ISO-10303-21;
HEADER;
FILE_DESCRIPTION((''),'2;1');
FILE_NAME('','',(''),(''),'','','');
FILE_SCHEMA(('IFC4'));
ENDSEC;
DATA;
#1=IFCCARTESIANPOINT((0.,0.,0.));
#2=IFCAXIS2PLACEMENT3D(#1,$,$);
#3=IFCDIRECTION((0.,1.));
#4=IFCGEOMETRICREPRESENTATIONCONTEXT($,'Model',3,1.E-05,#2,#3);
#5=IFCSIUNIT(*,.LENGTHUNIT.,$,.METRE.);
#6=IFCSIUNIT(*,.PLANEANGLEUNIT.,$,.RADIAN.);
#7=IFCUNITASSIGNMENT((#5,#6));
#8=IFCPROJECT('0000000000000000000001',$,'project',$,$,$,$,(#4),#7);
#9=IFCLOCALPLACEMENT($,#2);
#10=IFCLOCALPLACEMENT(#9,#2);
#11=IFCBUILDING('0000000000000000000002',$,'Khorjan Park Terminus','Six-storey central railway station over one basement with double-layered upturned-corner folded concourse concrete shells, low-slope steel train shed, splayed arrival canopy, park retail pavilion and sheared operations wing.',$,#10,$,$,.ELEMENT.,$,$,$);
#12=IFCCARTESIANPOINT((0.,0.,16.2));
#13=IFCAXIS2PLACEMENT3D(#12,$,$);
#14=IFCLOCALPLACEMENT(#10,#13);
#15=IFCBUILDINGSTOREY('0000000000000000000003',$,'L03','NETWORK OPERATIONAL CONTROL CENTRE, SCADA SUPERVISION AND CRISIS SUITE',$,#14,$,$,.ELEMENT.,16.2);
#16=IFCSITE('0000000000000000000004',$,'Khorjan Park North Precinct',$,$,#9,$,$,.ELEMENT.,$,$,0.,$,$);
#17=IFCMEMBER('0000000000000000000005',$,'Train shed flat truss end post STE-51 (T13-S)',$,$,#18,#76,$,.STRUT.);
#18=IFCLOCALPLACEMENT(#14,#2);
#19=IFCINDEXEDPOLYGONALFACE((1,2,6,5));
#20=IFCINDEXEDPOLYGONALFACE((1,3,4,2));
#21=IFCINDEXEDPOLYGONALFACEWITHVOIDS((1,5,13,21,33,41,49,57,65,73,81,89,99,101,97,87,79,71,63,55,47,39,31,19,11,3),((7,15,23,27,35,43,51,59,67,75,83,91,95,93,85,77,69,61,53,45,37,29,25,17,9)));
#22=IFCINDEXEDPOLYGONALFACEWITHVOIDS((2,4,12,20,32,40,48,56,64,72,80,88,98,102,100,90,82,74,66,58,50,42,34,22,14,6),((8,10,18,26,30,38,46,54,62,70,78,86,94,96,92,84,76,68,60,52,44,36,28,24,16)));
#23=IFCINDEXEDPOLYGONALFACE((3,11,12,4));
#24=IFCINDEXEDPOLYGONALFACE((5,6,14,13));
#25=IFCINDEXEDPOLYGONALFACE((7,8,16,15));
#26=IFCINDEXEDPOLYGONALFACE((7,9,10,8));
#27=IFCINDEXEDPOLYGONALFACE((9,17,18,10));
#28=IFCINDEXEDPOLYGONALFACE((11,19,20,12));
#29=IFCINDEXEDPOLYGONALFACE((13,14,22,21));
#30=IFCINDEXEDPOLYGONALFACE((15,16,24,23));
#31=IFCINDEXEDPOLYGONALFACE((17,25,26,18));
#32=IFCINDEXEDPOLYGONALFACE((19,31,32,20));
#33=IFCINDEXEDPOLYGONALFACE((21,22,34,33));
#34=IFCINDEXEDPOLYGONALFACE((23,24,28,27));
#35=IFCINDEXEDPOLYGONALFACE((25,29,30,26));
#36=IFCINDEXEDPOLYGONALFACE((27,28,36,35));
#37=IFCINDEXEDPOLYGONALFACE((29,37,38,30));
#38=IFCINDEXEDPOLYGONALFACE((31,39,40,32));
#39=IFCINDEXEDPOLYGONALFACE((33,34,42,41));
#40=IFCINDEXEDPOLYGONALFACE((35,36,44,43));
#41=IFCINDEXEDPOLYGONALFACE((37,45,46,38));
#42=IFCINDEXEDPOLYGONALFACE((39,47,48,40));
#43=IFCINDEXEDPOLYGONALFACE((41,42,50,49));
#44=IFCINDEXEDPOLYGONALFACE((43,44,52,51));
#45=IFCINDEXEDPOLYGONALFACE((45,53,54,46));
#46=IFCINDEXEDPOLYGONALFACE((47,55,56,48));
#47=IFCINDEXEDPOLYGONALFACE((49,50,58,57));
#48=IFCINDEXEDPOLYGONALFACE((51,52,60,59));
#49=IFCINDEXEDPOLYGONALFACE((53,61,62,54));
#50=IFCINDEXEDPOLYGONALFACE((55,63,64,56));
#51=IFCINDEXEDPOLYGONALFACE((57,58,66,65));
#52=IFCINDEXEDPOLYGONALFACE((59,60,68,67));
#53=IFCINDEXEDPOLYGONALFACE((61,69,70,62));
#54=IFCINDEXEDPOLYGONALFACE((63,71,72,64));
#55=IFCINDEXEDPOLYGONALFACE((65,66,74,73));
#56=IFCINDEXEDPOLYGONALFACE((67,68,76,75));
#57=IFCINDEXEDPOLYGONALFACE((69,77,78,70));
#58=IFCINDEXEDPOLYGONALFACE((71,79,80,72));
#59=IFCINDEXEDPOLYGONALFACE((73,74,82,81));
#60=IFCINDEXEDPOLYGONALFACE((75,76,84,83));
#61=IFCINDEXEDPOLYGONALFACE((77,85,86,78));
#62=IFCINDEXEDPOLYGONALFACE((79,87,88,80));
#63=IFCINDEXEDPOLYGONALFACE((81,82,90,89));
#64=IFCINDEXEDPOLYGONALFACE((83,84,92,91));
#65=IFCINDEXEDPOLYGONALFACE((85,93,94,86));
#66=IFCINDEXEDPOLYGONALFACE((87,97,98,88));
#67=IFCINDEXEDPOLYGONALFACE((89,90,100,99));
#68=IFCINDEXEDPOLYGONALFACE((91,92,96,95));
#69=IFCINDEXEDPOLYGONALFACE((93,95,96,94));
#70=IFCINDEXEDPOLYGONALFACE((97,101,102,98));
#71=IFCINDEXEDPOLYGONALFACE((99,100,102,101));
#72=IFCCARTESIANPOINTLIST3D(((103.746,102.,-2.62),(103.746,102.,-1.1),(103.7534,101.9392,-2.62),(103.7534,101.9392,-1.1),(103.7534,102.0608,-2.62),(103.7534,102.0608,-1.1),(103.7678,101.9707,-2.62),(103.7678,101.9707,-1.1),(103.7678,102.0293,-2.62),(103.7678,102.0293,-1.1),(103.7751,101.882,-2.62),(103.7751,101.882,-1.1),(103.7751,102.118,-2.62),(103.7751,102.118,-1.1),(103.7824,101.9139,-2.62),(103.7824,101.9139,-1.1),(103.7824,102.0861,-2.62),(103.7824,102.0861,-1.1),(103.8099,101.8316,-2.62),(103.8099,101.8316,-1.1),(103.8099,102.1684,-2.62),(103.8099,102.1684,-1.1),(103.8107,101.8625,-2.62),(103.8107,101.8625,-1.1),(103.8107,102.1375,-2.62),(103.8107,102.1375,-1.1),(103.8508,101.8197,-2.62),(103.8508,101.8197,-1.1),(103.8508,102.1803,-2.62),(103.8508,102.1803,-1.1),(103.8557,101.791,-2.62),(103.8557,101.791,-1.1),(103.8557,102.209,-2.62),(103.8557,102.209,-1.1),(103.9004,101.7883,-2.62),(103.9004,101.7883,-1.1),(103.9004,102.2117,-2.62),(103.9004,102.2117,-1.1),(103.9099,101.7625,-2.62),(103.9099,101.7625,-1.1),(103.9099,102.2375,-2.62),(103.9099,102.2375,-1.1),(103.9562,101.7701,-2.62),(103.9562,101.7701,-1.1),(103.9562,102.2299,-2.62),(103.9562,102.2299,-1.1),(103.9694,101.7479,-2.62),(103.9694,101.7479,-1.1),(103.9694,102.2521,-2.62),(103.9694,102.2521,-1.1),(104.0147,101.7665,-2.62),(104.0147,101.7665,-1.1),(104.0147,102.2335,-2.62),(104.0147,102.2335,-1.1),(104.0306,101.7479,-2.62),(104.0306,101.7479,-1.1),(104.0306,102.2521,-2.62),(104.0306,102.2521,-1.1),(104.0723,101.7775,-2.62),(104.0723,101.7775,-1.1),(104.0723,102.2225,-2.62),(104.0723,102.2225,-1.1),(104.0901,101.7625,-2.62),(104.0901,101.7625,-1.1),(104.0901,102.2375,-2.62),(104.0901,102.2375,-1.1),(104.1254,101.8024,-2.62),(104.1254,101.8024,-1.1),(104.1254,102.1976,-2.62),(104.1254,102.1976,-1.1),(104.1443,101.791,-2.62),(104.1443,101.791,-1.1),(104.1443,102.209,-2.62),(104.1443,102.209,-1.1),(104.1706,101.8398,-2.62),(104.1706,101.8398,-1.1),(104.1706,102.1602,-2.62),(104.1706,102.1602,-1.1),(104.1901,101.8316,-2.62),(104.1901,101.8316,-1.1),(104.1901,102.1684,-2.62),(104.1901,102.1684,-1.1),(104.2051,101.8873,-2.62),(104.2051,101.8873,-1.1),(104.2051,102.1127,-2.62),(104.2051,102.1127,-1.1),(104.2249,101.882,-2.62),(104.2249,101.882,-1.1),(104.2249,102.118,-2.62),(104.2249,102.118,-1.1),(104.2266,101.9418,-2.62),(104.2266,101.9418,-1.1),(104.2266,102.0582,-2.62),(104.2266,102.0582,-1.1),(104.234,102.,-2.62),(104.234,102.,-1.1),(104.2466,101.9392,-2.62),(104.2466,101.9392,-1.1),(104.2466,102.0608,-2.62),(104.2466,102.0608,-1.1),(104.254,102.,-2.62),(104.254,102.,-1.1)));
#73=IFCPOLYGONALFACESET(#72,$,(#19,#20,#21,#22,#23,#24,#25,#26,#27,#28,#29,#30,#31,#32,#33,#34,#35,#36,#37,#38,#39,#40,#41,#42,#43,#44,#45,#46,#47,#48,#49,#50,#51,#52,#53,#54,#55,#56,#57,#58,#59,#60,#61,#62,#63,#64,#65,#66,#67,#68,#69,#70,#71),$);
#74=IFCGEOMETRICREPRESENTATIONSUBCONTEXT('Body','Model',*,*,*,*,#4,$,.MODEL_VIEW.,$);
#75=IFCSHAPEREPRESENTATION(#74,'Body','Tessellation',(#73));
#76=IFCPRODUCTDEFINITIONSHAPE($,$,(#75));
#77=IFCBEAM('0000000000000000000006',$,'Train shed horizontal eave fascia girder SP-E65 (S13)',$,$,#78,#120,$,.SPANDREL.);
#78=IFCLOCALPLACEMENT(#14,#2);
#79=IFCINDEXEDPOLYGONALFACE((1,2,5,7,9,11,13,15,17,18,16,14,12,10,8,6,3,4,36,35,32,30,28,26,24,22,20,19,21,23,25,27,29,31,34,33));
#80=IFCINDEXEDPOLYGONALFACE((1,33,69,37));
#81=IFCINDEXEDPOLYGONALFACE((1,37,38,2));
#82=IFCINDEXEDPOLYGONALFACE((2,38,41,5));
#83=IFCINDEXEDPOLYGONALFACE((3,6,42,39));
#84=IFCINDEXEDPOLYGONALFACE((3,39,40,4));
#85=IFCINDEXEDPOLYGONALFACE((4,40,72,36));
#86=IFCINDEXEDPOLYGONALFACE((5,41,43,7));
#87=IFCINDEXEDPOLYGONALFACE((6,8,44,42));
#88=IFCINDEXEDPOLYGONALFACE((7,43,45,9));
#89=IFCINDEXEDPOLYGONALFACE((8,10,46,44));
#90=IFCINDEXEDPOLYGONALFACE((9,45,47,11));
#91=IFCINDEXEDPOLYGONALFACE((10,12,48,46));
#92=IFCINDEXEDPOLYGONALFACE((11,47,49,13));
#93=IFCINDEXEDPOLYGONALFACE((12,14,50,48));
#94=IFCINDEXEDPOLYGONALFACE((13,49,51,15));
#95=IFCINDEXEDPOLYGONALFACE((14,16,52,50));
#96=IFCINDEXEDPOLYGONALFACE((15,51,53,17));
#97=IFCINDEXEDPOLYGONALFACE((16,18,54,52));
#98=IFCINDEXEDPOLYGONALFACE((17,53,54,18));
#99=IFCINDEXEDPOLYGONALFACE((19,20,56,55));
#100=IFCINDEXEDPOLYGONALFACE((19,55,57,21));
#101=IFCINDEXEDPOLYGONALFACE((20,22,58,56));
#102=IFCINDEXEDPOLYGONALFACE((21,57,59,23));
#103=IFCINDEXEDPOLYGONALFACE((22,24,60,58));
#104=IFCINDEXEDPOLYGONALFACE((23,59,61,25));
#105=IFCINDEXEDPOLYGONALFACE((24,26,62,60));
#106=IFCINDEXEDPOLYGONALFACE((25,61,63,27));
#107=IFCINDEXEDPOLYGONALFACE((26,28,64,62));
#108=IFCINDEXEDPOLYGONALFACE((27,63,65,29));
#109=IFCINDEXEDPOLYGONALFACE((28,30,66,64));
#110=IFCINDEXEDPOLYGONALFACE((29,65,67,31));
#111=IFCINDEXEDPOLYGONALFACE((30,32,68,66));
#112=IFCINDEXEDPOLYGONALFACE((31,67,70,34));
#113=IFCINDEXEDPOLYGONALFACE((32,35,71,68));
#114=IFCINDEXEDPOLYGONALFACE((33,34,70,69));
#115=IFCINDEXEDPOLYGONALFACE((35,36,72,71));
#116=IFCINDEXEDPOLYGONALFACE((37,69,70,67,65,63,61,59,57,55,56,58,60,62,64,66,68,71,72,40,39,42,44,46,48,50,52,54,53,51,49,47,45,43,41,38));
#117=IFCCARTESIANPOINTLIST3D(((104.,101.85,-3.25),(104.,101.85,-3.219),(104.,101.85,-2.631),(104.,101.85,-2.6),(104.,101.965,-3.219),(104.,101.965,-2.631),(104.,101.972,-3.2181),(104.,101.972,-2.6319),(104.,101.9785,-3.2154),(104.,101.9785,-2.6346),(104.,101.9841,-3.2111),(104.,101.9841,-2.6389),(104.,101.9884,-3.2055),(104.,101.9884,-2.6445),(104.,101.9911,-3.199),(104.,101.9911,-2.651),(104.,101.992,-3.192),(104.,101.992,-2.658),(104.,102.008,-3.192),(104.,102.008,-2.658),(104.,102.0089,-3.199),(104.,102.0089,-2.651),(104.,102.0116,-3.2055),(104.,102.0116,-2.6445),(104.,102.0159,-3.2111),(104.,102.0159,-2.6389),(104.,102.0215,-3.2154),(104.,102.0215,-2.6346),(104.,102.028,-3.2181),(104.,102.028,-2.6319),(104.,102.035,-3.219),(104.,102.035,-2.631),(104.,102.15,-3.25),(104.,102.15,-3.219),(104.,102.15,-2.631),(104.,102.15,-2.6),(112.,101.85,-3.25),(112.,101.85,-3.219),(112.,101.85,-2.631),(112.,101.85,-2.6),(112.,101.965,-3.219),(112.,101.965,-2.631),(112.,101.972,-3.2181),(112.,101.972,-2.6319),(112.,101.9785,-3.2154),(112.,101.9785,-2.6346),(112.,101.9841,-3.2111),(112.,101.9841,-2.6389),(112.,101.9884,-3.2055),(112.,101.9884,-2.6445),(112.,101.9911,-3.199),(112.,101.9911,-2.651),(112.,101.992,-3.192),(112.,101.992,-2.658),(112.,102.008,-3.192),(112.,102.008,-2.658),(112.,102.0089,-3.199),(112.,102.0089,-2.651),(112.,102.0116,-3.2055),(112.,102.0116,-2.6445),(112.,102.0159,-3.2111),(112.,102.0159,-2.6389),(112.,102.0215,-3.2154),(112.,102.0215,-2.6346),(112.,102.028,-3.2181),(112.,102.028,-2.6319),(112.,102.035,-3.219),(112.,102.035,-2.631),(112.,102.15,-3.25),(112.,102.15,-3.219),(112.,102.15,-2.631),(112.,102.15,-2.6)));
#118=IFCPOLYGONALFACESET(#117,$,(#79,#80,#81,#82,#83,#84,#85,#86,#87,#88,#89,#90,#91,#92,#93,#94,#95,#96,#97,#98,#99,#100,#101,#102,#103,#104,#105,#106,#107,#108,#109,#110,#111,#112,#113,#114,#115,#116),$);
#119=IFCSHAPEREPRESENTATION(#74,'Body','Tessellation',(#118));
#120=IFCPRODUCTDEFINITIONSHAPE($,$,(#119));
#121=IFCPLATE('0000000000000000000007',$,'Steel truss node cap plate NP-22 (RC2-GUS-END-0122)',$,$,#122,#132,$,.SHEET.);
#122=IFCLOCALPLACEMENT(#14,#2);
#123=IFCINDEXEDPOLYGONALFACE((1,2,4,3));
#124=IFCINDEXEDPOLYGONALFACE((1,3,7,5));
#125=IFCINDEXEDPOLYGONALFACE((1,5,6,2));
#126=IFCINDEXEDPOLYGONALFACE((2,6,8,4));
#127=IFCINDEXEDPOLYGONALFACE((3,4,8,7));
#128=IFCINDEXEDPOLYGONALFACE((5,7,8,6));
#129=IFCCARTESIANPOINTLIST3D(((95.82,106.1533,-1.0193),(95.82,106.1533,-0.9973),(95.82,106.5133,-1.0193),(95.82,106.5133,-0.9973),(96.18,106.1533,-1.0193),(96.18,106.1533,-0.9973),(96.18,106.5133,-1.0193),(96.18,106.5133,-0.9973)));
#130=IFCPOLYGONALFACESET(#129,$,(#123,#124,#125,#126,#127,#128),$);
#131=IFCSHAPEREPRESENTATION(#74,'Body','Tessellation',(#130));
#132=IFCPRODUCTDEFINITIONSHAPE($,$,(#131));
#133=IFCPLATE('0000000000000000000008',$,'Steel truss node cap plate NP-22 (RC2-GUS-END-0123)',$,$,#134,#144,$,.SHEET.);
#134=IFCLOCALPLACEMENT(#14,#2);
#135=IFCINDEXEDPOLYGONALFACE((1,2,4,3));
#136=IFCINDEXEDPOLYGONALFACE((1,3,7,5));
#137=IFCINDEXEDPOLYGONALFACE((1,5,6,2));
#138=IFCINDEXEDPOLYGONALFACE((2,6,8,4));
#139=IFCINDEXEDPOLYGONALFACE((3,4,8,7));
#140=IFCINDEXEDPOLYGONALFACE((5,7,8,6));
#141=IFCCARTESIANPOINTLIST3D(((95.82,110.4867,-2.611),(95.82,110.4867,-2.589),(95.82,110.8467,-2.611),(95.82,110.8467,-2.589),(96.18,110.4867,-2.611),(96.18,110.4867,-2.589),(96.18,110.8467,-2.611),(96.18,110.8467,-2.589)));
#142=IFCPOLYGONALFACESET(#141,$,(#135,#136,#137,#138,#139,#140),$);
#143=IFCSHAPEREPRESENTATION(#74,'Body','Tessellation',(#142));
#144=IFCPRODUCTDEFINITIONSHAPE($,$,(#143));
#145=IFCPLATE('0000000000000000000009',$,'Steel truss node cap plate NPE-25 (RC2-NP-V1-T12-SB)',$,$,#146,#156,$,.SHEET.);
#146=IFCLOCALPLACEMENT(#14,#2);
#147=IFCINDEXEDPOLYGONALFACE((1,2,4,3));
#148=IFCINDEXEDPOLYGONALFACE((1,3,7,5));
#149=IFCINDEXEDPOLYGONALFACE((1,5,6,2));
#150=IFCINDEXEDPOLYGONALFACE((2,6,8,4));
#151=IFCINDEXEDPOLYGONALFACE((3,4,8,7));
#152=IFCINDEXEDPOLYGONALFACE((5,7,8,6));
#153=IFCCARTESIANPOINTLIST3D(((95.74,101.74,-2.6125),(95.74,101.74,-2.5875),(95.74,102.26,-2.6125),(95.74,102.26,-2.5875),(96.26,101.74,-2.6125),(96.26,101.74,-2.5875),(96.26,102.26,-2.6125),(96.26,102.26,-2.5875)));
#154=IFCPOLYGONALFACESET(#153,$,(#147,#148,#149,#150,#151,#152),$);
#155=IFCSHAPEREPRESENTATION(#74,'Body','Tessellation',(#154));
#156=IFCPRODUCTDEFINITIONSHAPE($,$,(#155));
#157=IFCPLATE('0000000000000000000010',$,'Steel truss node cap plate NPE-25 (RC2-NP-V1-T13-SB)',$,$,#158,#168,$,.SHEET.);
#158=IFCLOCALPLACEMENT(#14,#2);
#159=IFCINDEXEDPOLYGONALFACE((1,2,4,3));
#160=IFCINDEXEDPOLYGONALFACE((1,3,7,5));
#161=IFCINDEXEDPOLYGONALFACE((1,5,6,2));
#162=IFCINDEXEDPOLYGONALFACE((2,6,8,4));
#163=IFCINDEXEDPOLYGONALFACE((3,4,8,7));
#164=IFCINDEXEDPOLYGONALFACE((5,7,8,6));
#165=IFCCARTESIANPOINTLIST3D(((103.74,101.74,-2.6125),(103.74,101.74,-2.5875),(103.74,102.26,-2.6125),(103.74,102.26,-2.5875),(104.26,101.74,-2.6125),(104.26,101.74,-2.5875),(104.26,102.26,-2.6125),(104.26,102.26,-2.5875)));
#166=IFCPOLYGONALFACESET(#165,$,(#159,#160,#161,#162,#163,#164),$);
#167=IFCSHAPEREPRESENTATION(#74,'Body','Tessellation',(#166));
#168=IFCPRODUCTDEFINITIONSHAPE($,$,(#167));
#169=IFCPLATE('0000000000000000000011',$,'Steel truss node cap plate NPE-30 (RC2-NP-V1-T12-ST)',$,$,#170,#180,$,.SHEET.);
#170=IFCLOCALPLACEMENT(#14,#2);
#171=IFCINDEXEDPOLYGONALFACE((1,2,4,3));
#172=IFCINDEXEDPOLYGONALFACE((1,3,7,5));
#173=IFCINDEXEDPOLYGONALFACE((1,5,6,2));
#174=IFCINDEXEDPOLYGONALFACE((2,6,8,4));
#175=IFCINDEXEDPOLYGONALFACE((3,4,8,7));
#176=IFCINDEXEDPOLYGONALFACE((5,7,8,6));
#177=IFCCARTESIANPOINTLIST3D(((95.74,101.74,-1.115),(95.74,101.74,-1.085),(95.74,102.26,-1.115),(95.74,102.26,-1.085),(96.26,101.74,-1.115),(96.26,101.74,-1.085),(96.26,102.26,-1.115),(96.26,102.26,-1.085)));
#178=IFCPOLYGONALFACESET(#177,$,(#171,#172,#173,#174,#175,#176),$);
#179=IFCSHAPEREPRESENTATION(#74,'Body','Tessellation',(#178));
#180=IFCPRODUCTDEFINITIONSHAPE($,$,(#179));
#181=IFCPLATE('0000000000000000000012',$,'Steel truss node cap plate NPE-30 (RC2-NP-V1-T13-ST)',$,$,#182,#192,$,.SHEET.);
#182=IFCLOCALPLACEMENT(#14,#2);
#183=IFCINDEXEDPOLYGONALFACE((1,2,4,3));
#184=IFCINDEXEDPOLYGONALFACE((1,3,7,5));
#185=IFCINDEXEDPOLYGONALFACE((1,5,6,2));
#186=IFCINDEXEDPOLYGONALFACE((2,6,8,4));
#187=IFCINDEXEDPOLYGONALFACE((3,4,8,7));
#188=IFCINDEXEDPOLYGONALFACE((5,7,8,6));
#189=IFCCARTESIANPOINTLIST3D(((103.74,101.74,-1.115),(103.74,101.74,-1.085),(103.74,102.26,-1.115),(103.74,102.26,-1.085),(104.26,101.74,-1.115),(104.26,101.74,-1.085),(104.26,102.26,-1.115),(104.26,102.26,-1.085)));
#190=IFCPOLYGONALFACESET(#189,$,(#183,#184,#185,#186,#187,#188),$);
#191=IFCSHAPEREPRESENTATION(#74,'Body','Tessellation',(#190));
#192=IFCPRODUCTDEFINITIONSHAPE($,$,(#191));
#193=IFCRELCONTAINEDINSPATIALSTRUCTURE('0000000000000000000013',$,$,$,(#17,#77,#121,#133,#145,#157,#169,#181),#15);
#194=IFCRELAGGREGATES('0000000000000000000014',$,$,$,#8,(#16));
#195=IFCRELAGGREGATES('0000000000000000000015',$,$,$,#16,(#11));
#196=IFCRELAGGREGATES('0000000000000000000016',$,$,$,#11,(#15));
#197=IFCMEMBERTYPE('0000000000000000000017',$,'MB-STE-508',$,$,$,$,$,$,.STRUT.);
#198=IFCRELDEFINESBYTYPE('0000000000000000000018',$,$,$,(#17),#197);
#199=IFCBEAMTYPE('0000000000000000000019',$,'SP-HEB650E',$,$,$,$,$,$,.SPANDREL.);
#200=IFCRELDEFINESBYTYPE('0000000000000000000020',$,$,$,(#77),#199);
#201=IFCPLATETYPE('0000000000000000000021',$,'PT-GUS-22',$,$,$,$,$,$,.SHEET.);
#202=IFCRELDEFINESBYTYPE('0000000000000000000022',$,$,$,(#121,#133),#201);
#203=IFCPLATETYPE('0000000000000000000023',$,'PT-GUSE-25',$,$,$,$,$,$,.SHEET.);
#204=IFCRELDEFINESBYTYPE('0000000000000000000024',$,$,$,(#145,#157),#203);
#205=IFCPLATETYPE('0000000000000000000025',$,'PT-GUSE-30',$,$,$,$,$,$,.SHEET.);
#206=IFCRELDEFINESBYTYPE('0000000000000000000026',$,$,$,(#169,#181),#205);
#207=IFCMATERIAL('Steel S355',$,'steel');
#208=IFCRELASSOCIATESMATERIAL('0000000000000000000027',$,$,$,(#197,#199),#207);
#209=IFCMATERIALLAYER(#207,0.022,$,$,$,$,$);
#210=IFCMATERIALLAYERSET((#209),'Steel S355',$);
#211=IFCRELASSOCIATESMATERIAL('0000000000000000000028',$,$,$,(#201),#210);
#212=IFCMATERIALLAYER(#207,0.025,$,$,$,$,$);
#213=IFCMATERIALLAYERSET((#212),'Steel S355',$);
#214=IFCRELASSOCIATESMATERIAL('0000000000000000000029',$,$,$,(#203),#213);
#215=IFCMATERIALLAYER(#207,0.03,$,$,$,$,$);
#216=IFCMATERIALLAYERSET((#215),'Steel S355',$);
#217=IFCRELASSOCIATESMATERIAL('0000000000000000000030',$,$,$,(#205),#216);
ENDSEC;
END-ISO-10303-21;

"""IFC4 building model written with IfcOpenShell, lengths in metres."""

from ifc_helpers import new_model, si_unit, direction, frame, origin, origin_2d, place, context, subcontext, project, spatial, rectangle, hollow_circle, i_section, extrude, material, layer, layer_set, material_profile, profile_set, type_object, element, save


model = new_model("IFC4")

# Units and contexts
model_context = context("Model", 3, precision=1e-05, world=origin(), true_north=direction((0.0, 1.0)))
body_context = subcontext(model_context, "Body", "Model", "MODEL_VIEW")
ifc_project = project(units=[si_unit("LENGTHUNIT", "METRE"), si_unit("PLANEANGLEUNIT", "RADIAN")], contexts=[model_context])

# Site, building, storey
site_placement = place(None, origin())
site = spatial("IfcSite", under=ifc_project, at=site_placement, Name="Khorjan Park North Precinct", CompositionType="ELEMENT", RefElevation=0.0)
building_placement = place(site_placement, origin())
building = spatial("IfcBuilding", under=site, at=building_placement, Name="Khorjan Park Terminus", Description="Six-storey central railway station over one basement with double-layered upturned-corner folded concourse concrete shells, low-slope steel train shed, splayed arrival canopy, park retail pavilion and sheared operations wing.", CompositionType="ELEMENT")
storey_placement = place(building_placement, frame((0.0, 0.0, 16.2)))
storey = spatial("IfcBuildingStorey", under=building, at=storey_placement, Name="L03", Description="NETWORK OPERATIONAL CONTROL CENTRE, SCADA SUPERVISION AND CRISIS SUITE", CompositionType="ELEMENT", Elevation=16.2)

# Member
ifc_material = material(Name="Steel S355", Category="steel")
ifc_material_profile_1 = material_profile(ifc_material, hollow_circle(Radius=0.254, WallThickness=0.02, at=origin_2d()), Name="CHS 508x20")
ifc_profile_set_1 = profile_set([ifc_material_profile_1], Name="Steel S355")
member_type_1 = type_object("IfcMemberType", Name="MB-STE-508", PredefinedType="STRUT", material=ifc_profile_set_1)
member_1_placement = place(storey_placement, frame((104.0, 102.0, -2.62), z_axis=(0.0, 0.0, 1.0), x_axis=(1.0, 0.0, 0.0)))
element("IfcMember", 1, at=member_1_placement, inside=storey, type_object=member_type_1, Name="Train shed flat truss end post STE-51 (T13-S)", PredefinedType="STRUT", context=body_context, shape_type="SweptSolid", body=[
    extrude(hollow_circle(Radius=0.254, WallThickness=0.02, at=origin_2d()), origin(), (0.0, 0.0, 1.0), 1.52),
])

# Beam
ifc_material_profile_2 = material_profile(ifc_material, i_section(OverallWidth=0.3, OverallDepth=0.65, WebThickness=0.016, FlangeThickness=0.031, FilletRadius=0.027, at=origin_2d()), Name="HEB 650")
ifc_profile_set_2 = profile_set([ifc_material_profile_2], Name="Steel S355")
beam_type = type_object("IfcBeamType", Name="SP-HEB650E", PredefinedType="SPANDREL", material=ifc_profile_set_2)
beam_placement = place(storey_placement, frame((104.0, 102.0, -2.925), z_axis=(1.0, 0.0, 0.0), x_axis=(0.0, 1.0, 0.0)))
element("IfcBeam", 2, at=beam_placement, inside=storey, type_object=beam_type, Name="Train shed horizontal eave fascia girder SP-E65 (S13)", PredefinedType="SPANDREL", context=body_context, shape_type="SweptSolid", body=[
    extrude(i_section(OverallWidth=0.3, OverallDepth=0.65, WebThickness=0.016, FlangeThickness=0.031, FilletRadius=0.027, at=origin_2d()), origin(), (0.0, 0.0, 1.0), 8.0),
])

# Plates
ifc_layer_1 = layer(ifc_material, 0.022)
ifc_layer_set_1 = layer_set([ifc_layer_1], Name="Steel S355")
plate_type_1 = type_object("IfcPlateType", Name="PT-GUS-22", PredefinedType="SHEET", material=ifc_layer_set_1)
for number, where, z_axis, x_axis, name in (
    (3, (96.0, 106.3333, -1.0193), (0.0, 0.0, 1.0), (1.0, 0.0, 0.0), "Steel truss node cap plate NP-22 (RC2-GUS-END-0122)"),
    (4, (96.0, 110.6667, -2.611), (0.0, 0.0, 1.0), (1.0, 0.0, 0.0), "Steel truss node cap plate NP-22 (RC2-GUS-END-0123)"),
):
    element("IfcPlate", number, at=place(storey_placement, frame(where, z_axis=z_axis, x_axis=x_axis)), inside=storey, type_object=plate_type_1, Name=name, PredefinedType="SHEET", context=body_context, shape_type="SweptSolid", body=[
        extrude(rectangle(XDim=0.36, YDim=0.36, at=origin_2d()), origin(), (0.0, 0.0, 1.0), 0.022),
    ])
ifc_layer_2 = layer(ifc_material, 0.025)
ifc_layer_set_2 = layer_set([ifc_layer_2], Name="Steel S355")
plate_type_2 = type_object("IfcPlateType", Name="PT-GUSE-25", PredefinedType="SHEET", material=ifc_layer_set_2)
for number, where, z_axis, x_axis, name in (
    (5, (96.0, 102.0, -2.6125), (0.0, 0.0, 1.0), (1.0, 0.0, 0.0), "Steel truss node cap plate NPE-25 (RC2-NP-V1-T12-SB)"),
    (6, (104.0, 102.0, -2.6125), (0.0, 0.0, 1.0), (1.0, 0.0, 0.0), "Steel truss node cap plate NPE-25 (RC2-NP-V1-T13-SB)"),
):
    element("IfcPlate", number, at=place(storey_placement, frame(where, z_axis=z_axis, x_axis=x_axis)), inside=storey, type_object=plate_type_2, Name=name, PredefinedType="SHEET", context=body_context, shape_type="SweptSolid", body=[
        extrude(rectangle(XDim=0.52, YDim=0.52, at=origin_2d()), origin(), (0.0, 0.0, 1.0), 0.025),
    ])
ifc_layer_3 = layer(ifc_material, 0.03)
ifc_layer_set_3 = layer_set([ifc_layer_3], Name="Steel S355")
plate_type_3 = type_object("IfcPlateType", Name="PT-GUSE-30", PredefinedType="SHEET", material=ifc_layer_set_3)
for number, where, z_axis, x_axis, name in (
    (7, (96.0, 102.0, -1.115), (0.0, 0.0, 1.0), (1.0, 0.0, 0.0), "Steel truss node cap plate NPE-30 (RC2-NP-V1-T12-ST)"),
    (8, (104.0, 102.0, -1.115), (0.0, 0.0, 1.0), (1.0, 0.0, 0.0), "Steel truss node cap plate NPE-30 (RC2-NP-V1-T13-ST)"),
):
    element("IfcPlate", number, at=place(storey_placement, frame(where, z_axis=z_axis, x_axis=x_axis)), inside=storey, type_object=plate_type_3, Name=name, PredefinedType="SHEET", context=body_context, shape_type="SweptSolid", body=[
        extrude(rectangle(XDim=0.52, YDim=0.52, at=origin_2d()), origin(), (0.0, 0.0, 1.0), 0.03),
    ])

save(model, "model.ifc")
